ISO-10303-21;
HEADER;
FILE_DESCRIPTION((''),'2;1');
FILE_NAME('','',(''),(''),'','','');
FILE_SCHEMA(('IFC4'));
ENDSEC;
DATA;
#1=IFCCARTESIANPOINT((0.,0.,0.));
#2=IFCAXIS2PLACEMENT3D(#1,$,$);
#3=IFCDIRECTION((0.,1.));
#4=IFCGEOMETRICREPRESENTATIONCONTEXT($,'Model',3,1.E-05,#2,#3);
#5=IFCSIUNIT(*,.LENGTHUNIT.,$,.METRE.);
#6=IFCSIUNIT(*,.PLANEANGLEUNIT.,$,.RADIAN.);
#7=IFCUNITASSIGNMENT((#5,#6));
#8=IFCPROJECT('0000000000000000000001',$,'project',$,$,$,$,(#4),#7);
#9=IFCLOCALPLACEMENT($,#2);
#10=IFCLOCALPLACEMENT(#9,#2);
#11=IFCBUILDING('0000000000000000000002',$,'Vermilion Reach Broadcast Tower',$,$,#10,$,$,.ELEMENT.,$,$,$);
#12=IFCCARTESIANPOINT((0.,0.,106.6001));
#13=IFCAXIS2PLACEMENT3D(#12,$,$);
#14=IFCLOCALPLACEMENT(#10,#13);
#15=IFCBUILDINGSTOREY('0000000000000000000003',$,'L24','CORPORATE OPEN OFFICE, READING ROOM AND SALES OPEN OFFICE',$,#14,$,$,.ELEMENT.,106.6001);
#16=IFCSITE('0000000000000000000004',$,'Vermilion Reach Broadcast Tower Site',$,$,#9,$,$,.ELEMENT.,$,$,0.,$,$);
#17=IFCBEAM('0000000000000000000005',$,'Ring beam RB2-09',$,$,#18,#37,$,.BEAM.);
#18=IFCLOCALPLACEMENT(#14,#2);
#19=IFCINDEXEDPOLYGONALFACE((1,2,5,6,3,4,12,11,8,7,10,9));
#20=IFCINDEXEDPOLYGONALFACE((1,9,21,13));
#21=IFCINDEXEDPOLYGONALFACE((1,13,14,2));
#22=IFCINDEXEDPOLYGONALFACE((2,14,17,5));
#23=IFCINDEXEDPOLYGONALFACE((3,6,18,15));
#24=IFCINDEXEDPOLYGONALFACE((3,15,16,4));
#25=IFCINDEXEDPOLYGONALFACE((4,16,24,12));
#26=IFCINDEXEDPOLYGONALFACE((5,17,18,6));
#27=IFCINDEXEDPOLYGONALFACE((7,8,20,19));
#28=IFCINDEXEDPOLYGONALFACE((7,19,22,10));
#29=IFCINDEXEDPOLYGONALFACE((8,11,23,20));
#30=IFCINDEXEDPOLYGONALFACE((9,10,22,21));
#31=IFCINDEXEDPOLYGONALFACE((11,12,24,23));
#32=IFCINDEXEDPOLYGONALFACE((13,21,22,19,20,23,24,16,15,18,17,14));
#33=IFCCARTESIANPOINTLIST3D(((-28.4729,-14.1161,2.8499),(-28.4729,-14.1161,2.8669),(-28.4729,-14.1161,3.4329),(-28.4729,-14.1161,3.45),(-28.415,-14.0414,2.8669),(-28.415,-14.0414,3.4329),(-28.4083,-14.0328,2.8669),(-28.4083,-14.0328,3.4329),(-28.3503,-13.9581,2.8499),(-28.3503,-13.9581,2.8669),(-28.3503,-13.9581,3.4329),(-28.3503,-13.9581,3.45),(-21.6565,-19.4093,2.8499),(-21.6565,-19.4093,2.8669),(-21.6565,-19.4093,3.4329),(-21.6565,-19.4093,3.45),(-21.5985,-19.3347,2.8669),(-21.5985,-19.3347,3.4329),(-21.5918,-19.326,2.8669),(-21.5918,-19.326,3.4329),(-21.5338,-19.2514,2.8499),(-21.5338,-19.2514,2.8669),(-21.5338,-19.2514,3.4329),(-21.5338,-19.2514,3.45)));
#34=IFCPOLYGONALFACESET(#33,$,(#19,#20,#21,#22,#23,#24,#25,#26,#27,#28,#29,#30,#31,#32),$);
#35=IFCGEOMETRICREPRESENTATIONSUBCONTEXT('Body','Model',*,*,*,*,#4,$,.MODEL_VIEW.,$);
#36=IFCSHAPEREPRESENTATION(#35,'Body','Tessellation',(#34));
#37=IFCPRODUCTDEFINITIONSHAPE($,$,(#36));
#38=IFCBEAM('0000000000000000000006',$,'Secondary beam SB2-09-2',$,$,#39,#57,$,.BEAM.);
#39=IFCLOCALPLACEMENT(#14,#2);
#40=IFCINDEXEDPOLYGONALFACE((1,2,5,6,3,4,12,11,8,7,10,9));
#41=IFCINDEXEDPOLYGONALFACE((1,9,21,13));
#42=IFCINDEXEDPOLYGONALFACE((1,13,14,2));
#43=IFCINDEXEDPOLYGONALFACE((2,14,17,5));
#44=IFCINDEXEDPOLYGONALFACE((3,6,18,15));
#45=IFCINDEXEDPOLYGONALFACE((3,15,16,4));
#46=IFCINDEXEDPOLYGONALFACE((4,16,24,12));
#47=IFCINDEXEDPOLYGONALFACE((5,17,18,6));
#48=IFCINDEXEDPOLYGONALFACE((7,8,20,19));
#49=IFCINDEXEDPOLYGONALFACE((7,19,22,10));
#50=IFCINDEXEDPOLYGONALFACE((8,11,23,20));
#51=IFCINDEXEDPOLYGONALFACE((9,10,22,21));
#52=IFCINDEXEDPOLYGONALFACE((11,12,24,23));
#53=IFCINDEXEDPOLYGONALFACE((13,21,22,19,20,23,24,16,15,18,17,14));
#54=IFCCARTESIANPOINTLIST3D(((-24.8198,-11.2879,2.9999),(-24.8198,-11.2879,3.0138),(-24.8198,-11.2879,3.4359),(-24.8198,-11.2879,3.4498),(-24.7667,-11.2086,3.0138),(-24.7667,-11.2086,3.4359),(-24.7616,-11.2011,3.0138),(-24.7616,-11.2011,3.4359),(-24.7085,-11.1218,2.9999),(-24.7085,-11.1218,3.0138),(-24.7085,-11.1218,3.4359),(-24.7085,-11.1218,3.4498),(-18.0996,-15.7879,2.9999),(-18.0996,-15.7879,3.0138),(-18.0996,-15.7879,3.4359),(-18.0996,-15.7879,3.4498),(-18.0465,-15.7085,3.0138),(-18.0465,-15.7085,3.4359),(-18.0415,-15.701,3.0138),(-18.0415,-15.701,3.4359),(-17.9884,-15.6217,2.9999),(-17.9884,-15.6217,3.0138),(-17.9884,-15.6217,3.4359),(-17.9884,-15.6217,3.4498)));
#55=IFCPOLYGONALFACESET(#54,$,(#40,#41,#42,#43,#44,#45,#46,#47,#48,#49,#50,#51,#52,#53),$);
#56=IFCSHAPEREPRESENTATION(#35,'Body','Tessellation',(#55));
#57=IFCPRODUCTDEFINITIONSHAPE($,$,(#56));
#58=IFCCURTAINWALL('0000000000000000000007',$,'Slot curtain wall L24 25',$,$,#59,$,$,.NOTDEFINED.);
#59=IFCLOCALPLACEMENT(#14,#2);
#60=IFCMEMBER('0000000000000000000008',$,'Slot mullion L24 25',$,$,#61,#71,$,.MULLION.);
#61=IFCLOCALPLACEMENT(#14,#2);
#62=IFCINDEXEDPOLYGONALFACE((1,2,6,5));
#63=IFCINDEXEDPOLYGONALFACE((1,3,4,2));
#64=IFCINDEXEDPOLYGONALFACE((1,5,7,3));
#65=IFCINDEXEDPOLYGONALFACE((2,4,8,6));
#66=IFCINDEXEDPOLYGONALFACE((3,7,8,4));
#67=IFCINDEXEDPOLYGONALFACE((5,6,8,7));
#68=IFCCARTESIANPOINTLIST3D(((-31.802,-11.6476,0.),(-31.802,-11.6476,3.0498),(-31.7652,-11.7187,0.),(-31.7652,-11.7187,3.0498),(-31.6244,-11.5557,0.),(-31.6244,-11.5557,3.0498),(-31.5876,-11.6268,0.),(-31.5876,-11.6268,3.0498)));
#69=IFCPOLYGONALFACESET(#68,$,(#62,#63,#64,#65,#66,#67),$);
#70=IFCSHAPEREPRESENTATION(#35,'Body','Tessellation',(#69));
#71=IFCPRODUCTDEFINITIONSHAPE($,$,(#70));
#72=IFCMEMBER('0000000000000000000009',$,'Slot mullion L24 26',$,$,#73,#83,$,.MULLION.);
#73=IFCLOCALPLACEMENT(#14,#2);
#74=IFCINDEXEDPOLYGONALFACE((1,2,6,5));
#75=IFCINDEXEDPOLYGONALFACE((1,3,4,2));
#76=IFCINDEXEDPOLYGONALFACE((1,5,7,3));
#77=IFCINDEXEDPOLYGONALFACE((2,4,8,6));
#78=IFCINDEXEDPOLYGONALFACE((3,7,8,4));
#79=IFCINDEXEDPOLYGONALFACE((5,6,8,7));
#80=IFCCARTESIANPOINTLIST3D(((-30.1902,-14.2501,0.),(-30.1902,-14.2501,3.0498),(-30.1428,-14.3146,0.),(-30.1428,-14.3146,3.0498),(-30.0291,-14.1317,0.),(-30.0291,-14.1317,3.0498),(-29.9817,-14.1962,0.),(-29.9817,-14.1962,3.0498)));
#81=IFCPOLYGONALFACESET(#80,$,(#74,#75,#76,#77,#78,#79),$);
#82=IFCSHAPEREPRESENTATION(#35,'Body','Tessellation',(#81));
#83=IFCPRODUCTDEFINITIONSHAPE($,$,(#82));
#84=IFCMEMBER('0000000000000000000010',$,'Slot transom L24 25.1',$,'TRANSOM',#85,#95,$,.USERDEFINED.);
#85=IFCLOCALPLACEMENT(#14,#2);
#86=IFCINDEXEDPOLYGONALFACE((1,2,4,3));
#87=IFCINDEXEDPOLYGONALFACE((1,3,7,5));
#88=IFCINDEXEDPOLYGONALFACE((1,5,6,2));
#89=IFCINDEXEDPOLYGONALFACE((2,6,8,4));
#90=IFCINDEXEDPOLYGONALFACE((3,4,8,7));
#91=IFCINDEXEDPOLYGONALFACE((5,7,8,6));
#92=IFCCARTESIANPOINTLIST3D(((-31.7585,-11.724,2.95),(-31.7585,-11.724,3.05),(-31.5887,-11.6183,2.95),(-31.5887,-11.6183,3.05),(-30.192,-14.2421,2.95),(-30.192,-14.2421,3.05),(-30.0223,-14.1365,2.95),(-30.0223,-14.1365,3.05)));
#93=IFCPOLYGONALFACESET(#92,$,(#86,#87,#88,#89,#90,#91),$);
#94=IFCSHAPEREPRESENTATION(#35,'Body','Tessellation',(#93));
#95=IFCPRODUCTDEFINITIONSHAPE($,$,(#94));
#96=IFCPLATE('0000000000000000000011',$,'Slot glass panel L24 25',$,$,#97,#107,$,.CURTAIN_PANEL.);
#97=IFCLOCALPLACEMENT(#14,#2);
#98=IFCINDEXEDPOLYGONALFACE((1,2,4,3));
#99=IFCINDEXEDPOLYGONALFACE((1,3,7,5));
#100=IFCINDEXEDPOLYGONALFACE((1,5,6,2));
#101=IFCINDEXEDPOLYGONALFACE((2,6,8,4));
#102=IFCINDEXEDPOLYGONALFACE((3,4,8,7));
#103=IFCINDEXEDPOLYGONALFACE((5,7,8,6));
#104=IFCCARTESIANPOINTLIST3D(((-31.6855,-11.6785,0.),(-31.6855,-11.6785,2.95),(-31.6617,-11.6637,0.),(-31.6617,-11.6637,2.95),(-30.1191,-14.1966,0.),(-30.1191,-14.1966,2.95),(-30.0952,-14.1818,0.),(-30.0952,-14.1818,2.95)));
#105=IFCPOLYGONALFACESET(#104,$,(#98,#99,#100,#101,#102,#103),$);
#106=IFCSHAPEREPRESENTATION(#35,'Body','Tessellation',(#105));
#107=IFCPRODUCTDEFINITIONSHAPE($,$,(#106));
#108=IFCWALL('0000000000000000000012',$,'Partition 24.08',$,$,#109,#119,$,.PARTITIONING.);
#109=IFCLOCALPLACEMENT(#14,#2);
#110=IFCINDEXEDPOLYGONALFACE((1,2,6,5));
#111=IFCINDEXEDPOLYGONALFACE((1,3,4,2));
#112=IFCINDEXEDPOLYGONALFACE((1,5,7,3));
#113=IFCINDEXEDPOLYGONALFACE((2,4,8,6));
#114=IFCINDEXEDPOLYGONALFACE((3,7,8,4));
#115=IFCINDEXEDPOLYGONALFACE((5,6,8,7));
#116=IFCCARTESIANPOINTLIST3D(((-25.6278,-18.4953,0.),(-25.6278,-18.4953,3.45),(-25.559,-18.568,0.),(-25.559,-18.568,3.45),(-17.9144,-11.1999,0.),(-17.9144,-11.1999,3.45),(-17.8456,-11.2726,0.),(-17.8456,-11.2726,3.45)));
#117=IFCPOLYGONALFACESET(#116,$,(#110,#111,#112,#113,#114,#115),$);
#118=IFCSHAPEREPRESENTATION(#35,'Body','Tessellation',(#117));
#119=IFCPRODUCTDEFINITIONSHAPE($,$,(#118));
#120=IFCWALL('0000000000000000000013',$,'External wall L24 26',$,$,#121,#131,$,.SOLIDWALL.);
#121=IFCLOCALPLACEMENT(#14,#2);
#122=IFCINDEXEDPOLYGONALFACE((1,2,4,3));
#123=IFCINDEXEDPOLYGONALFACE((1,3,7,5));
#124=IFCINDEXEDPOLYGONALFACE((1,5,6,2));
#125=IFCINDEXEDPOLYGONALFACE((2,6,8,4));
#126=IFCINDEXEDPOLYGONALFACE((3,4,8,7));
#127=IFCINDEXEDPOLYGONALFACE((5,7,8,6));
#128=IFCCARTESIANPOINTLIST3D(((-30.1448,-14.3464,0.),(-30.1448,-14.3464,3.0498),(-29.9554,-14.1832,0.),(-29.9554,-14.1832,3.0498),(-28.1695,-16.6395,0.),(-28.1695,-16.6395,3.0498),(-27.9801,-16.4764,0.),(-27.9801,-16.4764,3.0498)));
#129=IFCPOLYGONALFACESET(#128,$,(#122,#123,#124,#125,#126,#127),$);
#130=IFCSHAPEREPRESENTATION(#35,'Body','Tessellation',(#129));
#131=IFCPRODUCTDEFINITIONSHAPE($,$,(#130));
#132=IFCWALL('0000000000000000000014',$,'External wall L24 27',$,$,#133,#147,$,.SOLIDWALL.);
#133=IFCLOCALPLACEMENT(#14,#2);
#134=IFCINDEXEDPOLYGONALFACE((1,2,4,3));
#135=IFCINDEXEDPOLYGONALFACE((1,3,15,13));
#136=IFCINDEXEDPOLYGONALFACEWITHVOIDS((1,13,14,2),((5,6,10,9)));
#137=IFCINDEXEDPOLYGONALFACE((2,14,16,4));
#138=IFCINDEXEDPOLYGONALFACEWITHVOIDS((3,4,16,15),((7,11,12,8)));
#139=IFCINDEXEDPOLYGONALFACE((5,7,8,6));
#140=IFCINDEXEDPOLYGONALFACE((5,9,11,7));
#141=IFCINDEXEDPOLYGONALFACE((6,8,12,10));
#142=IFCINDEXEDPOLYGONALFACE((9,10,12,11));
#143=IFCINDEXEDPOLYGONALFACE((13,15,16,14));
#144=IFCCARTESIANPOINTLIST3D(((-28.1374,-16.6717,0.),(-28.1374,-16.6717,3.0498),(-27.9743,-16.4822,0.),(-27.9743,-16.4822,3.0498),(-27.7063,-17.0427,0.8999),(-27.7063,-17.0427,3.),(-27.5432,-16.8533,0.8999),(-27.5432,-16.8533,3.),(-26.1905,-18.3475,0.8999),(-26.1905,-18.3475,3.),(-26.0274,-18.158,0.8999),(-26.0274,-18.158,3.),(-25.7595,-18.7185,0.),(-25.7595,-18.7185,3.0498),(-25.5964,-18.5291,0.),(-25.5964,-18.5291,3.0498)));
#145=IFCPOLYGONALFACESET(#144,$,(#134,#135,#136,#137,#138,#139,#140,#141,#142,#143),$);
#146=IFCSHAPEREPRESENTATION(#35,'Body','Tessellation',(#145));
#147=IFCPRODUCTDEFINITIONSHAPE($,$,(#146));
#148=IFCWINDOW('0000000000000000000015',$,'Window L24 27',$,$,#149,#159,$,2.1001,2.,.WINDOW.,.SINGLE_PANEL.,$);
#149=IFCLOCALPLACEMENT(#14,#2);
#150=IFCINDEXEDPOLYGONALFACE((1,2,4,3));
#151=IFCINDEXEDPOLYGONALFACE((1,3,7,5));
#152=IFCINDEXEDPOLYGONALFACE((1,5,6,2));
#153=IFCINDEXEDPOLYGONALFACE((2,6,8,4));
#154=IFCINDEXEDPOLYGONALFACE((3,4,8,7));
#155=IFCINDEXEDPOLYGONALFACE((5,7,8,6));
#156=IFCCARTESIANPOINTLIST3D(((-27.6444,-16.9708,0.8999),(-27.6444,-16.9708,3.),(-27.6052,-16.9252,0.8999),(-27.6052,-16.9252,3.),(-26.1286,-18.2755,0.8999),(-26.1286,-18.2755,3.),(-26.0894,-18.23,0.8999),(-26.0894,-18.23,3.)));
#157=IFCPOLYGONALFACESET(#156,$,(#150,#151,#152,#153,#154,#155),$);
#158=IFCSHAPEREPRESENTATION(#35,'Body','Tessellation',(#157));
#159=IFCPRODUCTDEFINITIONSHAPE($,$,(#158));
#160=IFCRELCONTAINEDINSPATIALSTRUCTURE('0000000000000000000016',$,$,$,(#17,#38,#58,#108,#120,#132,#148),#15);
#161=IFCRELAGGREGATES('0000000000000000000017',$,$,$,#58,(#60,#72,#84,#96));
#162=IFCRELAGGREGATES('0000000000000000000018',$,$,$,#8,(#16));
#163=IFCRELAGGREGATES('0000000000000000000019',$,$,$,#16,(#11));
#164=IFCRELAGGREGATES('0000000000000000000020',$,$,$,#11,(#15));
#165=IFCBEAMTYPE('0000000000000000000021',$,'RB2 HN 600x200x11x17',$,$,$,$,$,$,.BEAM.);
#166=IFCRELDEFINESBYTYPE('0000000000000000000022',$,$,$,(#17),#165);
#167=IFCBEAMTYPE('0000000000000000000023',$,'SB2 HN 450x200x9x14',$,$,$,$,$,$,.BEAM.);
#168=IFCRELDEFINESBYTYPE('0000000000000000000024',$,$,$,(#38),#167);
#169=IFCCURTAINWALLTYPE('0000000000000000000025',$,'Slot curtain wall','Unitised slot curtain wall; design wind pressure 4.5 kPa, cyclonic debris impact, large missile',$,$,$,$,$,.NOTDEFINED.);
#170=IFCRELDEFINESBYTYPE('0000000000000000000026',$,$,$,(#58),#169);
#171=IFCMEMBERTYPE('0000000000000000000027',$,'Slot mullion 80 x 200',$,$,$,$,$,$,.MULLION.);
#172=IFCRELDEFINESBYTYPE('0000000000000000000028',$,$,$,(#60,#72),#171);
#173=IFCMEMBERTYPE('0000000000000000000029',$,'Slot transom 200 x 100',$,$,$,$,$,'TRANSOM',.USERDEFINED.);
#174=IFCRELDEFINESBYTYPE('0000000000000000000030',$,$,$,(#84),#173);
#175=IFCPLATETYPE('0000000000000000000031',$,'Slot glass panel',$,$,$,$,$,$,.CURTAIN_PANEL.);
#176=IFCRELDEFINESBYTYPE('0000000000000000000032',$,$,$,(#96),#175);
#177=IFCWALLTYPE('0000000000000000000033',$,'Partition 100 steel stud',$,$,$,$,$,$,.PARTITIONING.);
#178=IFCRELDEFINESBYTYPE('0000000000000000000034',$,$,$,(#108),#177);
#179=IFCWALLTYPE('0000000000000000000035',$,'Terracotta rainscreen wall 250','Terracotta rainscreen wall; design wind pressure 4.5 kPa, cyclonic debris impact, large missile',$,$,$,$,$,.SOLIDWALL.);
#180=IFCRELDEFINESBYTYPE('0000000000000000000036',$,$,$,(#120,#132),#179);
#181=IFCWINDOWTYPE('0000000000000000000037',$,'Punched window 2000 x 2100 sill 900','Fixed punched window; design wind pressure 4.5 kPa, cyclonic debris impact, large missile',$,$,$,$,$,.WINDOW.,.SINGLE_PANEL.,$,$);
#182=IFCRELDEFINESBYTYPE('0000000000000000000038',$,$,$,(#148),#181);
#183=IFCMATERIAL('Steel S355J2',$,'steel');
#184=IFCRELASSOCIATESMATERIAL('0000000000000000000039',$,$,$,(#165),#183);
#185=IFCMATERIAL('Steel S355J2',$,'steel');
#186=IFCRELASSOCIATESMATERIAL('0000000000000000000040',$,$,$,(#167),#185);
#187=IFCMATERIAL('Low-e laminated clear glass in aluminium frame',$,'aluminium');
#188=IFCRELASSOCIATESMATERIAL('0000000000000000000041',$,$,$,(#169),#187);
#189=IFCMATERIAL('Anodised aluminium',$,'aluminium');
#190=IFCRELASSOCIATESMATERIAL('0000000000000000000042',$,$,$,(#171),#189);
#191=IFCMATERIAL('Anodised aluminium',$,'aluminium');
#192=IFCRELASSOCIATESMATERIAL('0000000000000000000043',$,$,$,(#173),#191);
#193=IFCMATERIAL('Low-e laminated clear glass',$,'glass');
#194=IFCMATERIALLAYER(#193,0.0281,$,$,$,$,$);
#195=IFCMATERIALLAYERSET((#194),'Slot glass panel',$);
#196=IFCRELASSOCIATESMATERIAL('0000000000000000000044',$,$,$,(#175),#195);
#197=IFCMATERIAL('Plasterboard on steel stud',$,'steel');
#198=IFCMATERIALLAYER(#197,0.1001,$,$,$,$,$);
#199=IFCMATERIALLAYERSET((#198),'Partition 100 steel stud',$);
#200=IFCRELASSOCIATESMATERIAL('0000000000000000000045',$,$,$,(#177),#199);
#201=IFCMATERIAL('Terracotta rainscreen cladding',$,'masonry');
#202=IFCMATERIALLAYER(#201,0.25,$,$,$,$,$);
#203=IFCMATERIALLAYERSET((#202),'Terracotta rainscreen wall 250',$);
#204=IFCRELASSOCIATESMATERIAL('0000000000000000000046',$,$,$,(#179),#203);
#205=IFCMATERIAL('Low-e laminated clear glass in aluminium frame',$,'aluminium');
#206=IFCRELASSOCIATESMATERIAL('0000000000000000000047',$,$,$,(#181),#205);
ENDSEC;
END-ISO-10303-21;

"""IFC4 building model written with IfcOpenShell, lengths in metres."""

from ifc_helpers import new_model, si_unit, direction, frame, frame_2d, origin, origin_2d, place, context, subcontext, project, spatial, rectangle, i_section, extrude, material, layer, layer_set, material_profile, profile_set, type_object, element, fill, aggregate, save


model = new_model("IFC4")

# Units and contexts
model_context = context("Model", 3, precision=1e-05, world=origin(), true_north=direction((0.0, 1.0)))
body_context = subcontext(model_context, "Body", "Model", "MODEL_VIEW")
ifc_project = project(units=[si_unit("LENGTHUNIT", "METRE"), si_unit("PLANEANGLEUNIT", "RADIAN")], contexts=[model_context])

# Site, building, storey
site_placement = place(None, origin())
site = spatial("IfcSite", under=ifc_project, at=site_placement, Name="Vermilion Reach Broadcast Tower Site", CompositionType="ELEMENT", RefElevation=0.0)
building_placement = place(site_placement, origin())
building = spatial("IfcBuilding", under=site, at=building_placement, Name="Vermilion Reach Broadcast Tower", CompositionType="ELEMENT")
storey_placement = place(building_placement, frame((0.0, 0.0, 106.6001)))
storey = spatial("IfcBuildingStorey", under=building, at=storey_placement, Name="L24", Description="CORPORATE OPEN OFFICE, READING ROOM AND SALES OPEN OFFICE", CompositionType="ELEMENT", Elevation=106.6001)

# Beams
ifc_material_1 = material(Name="Steel S355J2", Category="steel")
ifc_material_profile_1 = material_profile(ifc_material_1, i_section(OverallWidth=0.2, OverallDepth=0.6001, WebThickness=0.011, FlangeThickness=0.0171, at=origin_2d()), Name="S355J2 HN 600x200x11x17")
ifc_profile_set_1 = profile_set([ifc_material_profile_1], Name="Steel S355J2")
beam_type_1 = type_object("IfcBeamType", Name="RB2 HN 600x200x11x17", PredefinedType="BEAM", material=ifc_profile_set_1)
beam_1_placement = place(storey_placement, frame((-28.4116, -14.0371, 3.1499), z_axis=(0.789826, -0.613331, 0.0), x_axis=(0.613331, 0.789826, 0.0)))
element("IfcBeam", 1, at=beam_1_placement, inside=storey, type_object=beam_type_1, Name="Ring beam RB2-09", PredefinedType="BEAM", context=body_context, shape_type="SweptSolid", body=[
    extrude(i_section(OverallWidth=0.2, OverallDepth=0.6001, WebThickness=0.011, FlangeThickness=0.0171, at=origin_2d()), origin(), (0.0, 0.0, 1.0), 8.6304),
])
ifc_material_2 = material(Name="Steel S355J2", Category="steel")
ifc_material_profile_2 = material_profile(ifc_material_2, i_section(OverallWidth=0.2, OverallDepth=0.45, WebThickness=0.009, FlangeThickness=0.0139, at=origin_2d()), Name="S355J2 HN 450x200x9x14")
ifc_profile_set_2 = profile_set([ifc_material_profile_2], Name="Steel S355J2")
beam_type_2 = type_object("IfcBeamType", Name="SB2 HN 450x200x9x14", PredefinedType="BEAM", material=ifc_profile_set_2)
beam_2_placement = place(storey_placement, frame((-24.7642, -11.2048, 3.2249), z_axis=(0.830915, -0.556399, 0.0), x_axis=(0.556399, 0.830915, 0.0)))
element("IfcBeam", 2, at=beam_2_placement, inside=storey, type_object=beam_type_2, Name="Secondary beam SB2-09-2", PredefinedType="BEAM", context=body_context, shape_type="SweptSolid", body=[
    extrude(i_section(OverallWidth=0.2, OverallDepth=0.45, WebThickness=0.009, FlangeThickness=0.0139, at=origin_2d()), origin(), (0.0, 0.0, 1.0), 8.0876),
])

# Curtain wall, members, plate
ifc_material_3 = material(Name="Low-e laminated clear glass in aluminium frame", Category="aluminium")
curtain_wall_type = type_object("IfcCurtainWallType", Name="Slot curtain wall", Description="Unitised slot curtain wall; design wind pressure 4.5 kPa, cyclonic debris impact, large missile", PredefinedType="NOTDEFINED", material=ifc_material_3)
curtain_wall_placement = place(storey_placement, origin())
curtain_wall = element("IfcCurtainWall", 3, at=curtain_wall_placement, inside=storey, type_object=curtain_wall_type, Name="Slot curtain wall L24 25", PredefinedType="NOTDEFINED")
ifc_material_4 = material(Name="Anodised aluminium", Category="aluminium")
ifc_material_profile_3 = material_profile(ifc_material_4, rectangle(XDim=0.2, YDim=0.0801, at=origin_2d()), Name="Slot mullion 80 x 200")
ifc_profile_set_3 = profile_set([ifc_material_profile_3], Name="Anodised aluminium")
member_type_1 = type_object("IfcMemberType", Name="Slot mullion 80 x 200", PredefinedType="MULLION", material=ifc_profile_set_3)
member_1_placement = place(storey_placement, frame((-31.6948, -11.6372, 0.0), z_axis=(0.0, 0.0, 1.0), x_axis=(0.888226, 0.459407, 0.0)))
member_1 = element("IfcMember", 4, at=member_1_placement, type_object=member_type_1, Name="Slot mullion L24 25", PredefinedType="MULLION", context=body_context, shape_type="SweptSolid", body=[
    extrude(rectangle(XDim=0.2, YDim=0.0801, at=origin_2d()), origin(), (0.0, 0.0, 1.0), 3.0498),
])
member_2_placement = place(storey_placement, frame((-30.0859, -14.2231, 0.0), z_axis=(0.0, 0.0, 1.0), x_axis=(0.805789, 0.592202, 0.0)))
member_2 = element("IfcMember", 5, at=member_2_placement, type_object=member_type_1, Name="Slot mullion L24 26", PredefinedType="MULLION", context=body_context, shape_type="SweptSolid", body=[
    extrude(rectangle(XDim=0.2, YDim=0.0801, at=origin_2d()), origin(), (0.0, 0.0, 1.0), 3.0498),
])
ifc_material_5 = material(Name="Anodised aluminium", Category="aluminium")
ifc_material_profile_4 = material_profile(ifc_material_5, rectangle(XDim=0.2, YDim=0.1001, at=origin_2d()), Name="Slot transom 200 x 100")
ifc_profile_set_4 = profile_set([ifc_material_profile_4], Name="Anodised aluminium")
member_type_2 = type_object("IfcMemberType", Name="Slot transom 200 x 100", ElementType="TRANSOM", PredefinedType="USERDEFINED", material=ifc_profile_set_4)
member_3_placement = place(storey_placement, frame((-31.6736, -11.6711, 3.0), z_axis=(0.528207, -0.849116, 0.0), x_axis=(0.849116, 0.528207, 0.0)))
member_3 = element("IfcMember", 6, at=member_3_placement, type_object=member_type_2, Name="Slot transom L24 25.1", ObjectType="TRANSOM", PredefinedType="USERDEFINED", context=body_context, shape_type="SweptSolid", body=[
    extrude(rectangle(XDim=0.2, YDim=0.1001, at=origin_2d()), origin(), (0.0, 0.0, 1.0), 2.9656),
])
ifc_material_6 = material(Name="Low-e laminated clear glass", Category="glass")
ifc_layer_1 = layer(ifc_material_6, 0.0281)
ifc_layer_set_1 = layer_set([ifc_layer_1], Name="Slot glass panel")
plate_type = type_object("IfcPlateType", Name="Slot glass panel", PredefinedType="CURTAIN_PANEL", material=ifc_layer_set_1)
plate_placement = place(storey_placement, frame((-30.8904, -12.9302, 0.0), z_axis=(0.0, 0.0, 1.0), x_axis=(0.528209, -0.849114, 0.0)))
plate = element("IfcPlate", 7, at=plate_placement, type_object=plate_type, Name="Slot glass panel L24 25", PredefinedType="CURTAIN_PANEL", context=body_context, shape_type="SweptSolid", body=[
    extrude(rectangle(XDim=2.9656, YDim=0.0281, at=origin_2d()), origin(), (0.0, 0.0, 1.0), 2.95),
])
aggregate(curtain_wall, [member_1, member_2, member_3, plate])

# Walls
ifc_material_7 = material(Name="Plasterboard on steel stud", Category="steel")
ifc_layer_2 = layer(ifc_material_7, 0.1001)
ifc_layer_set_2 = layer_set([ifc_layer_2], Name="Partition 100 steel stud")
wall_type_1 = type_object("IfcWallType", Name="Partition 100 steel stud", PredefinedType="PARTITIONING", material=ifc_layer_set_2)
wall_1_placement = place(storey_placement, frame((-25.5935, -18.5317, 0.0), z_axis=(0.0, 0.0, 1.0), x_axis=(0.726517, 0.687149, 0.0)))
element("IfcWall", 8, at=wall_1_placement, inside=storey, type_object=wall_type_1, Name="Partition 24.08", PredefinedType="PARTITIONING", context=body_context, shape_type="SweptSolid", body=[
    extrude(rectangle(XDim=10.6169, YDim=0.1001, at=frame_2d((5.3086, 0.0))), origin(), (0.0, 0.0, 1.0), 3.45),
])
ifc_material_8 = material(Name="Terracotta rainscreen cladding", Category="masonry")
ifc_layer_3 = layer(ifc_material_8, 0.25)
ifc_layer_set_3 = layer_set([ifc_layer_3], Name="Terracotta rainscreen wall 250")
wall_type_2 = type_object("IfcWallType", Name="Terracotta rainscreen wall 250", Description="Terracotta rainscreen wall; design wind pressure 4.5 kPa, cyclonic debris impact, large missile", PredefinedType="SOLIDWALL", material=ifc_layer_set_3)
wall_2_placement = place(storey_placement, frame((-30.05, -14.2649, 0.0), z_axis=(0.0, 0.0, 1.0), x_axis=(0.652643, -0.757666, 0.0)))
element("IfcWall", 9, at=wall_2_placement, inside=storey, type_object=wall_type_2, Name="External wall L24 26", PredefinedType="SOLIDWALL", context=body_context, shape_type="SweptSolid", body=[
    extrude(rectangle(XDim=3.0266, YDim=0.25, at=frame_2d((1.5132, 0.0))), origin(), (0.0, 0.0, 1.0), 3.0498),
])

# Wall, opening, window
wall_3_placement = place(storey_placement, frame((-28.0559, -16.5769, 0.0), z_axis=(0.0, 0.0, 1.0), x_axis=(0.757893, -0.652379, 0.0)))
wall_3 = element("IfcWall", 10, at=wall_3_placement, inside=storey, type_object=wall_type_2, Name="External wall L24 27", PredefinedType="SOLIDWALL", context=body_context, shape_type="SweptSolid", body=[
    extrude(rectangle(XDim=3.1375, YDim=0.25, at=frame_2d((1.5688, 0.0))), origin(), (0.0, 0.0, 1.0), 3.0498),
])
opening_1_placement = place(wall_3_placement, frame((0.5688, 0.0, 0.8999)))
opening_1 = element("IfcOpeningElement", 11, at=opening_1_placement, cuts=wall_3, PredefinedType="OPENING", context=body_context, shape_type="SweptSolid", body=[
    extrude(rectangle(XDim=2.0, YDim=2.1001, at=frame_2d((1.0, 1.05))), frame((0.0, 0.135, 0.0), z_axis=(0.0, -1.0, 0.0), x_axis=(1.0, 0.0, 0.0)), (0.0, 0.0, 1.0), 0.27),
])
ifc_material_9 = material(Name="Low-e laminated clear glass in aluminium frame", Category="aluminium")
window_type = type_object("IfcWindowType", Name="Punched window 2000 x 2100 sill 900", Description="Fixed punched window; design wind pressure 4.5 kPa, cyclonic debris impact, large missile", PartitioningType="SINGLE_PANEL", PredefinedType="WINDOW", material=ifc_material_9)
window_1_placement = place(opening_1_placement, origin())
window_1 = element("IfcWindow", 12, at=window_1_placement, inside=storey, type_object=window_type, Name="Window L24 27", OverallHeight=2.1001, OverallWidth=2.0, PartitioningType="SINGLE_PANEL", PredefinedType="WINDOW", context=body_context, shape_type="SweptSolid", body=[
    extrude(rectangle(XDim=2.0, YDim=2.1001, at=frame_2d((1.0, 1.05))), frame((0.0, 0.03, 0.0), z_axis=(0.0, -1.0, 0.0), x_axis=(1.0, 0.0, 0.0)), (0.0, 0.0, 1.0), 0.0601),
])
fill(opening_1, window_1)

save(model, "model.ifc")
